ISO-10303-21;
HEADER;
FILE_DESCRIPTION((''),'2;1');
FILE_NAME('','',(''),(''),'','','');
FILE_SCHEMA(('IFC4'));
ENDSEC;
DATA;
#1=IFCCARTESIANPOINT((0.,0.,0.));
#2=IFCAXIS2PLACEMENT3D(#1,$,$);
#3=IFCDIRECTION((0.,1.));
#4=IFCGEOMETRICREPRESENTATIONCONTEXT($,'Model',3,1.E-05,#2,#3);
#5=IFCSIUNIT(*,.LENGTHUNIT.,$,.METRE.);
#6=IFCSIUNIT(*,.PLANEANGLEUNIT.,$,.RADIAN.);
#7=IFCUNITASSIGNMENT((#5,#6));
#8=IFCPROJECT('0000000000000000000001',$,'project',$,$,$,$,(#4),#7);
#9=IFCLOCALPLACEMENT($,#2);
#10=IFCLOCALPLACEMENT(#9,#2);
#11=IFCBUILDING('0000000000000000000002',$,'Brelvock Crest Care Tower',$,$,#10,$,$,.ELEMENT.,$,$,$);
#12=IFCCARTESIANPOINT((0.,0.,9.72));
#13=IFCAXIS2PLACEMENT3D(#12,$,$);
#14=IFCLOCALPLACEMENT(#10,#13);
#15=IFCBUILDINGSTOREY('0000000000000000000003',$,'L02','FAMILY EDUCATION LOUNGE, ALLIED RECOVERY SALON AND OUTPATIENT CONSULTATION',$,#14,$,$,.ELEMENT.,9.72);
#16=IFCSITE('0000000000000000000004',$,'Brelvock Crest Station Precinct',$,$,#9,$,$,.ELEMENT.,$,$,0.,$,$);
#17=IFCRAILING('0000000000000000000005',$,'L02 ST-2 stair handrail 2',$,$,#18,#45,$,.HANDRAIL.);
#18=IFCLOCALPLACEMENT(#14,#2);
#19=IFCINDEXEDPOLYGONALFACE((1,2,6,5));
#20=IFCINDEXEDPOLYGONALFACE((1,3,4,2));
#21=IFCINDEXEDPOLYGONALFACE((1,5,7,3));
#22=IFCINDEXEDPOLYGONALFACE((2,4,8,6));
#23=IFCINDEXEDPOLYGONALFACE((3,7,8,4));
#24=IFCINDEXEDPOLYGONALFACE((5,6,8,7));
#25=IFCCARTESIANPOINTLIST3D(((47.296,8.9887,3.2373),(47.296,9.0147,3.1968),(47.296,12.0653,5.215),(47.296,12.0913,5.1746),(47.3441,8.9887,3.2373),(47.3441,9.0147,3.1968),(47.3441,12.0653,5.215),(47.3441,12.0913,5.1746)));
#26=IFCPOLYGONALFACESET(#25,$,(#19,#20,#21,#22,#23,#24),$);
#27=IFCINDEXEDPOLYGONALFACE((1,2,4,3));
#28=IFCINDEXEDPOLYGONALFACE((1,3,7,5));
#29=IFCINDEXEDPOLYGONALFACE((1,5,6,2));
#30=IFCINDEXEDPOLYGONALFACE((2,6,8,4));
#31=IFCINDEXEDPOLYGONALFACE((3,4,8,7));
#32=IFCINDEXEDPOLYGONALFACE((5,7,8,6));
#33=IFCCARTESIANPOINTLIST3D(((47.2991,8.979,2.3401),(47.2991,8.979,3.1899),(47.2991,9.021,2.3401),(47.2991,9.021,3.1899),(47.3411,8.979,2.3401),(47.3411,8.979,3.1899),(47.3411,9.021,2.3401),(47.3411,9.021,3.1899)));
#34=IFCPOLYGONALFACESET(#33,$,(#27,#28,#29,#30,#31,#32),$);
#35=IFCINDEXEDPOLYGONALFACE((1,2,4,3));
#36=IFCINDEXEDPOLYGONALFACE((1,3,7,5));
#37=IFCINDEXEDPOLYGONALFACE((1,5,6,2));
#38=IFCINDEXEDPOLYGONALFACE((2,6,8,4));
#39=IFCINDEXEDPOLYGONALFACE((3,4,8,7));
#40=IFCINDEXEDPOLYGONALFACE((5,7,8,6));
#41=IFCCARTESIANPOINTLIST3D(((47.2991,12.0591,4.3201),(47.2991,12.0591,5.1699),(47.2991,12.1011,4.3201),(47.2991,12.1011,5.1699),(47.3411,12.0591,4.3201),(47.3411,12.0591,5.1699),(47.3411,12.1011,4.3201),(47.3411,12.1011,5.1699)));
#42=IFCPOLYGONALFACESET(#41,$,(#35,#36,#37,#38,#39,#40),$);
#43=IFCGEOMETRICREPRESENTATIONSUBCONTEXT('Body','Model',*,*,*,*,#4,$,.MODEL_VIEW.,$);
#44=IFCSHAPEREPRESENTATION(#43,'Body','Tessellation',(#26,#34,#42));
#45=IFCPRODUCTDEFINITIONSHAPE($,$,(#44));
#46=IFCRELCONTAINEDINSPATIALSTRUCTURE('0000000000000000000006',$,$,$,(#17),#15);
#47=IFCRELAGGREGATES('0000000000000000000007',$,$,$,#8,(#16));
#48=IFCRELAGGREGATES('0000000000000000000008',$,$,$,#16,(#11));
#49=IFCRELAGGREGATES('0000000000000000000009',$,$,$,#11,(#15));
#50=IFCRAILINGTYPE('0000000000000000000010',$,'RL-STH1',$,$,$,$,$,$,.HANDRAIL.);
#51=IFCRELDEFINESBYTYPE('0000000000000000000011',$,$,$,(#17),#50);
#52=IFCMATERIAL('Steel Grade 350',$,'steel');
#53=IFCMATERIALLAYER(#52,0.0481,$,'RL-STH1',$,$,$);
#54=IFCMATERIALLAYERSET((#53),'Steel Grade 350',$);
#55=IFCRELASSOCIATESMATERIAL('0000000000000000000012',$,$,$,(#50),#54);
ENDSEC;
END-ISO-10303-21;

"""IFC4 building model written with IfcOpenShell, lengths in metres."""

from ifc_helpers import new_model, si_unit, direction, frame, origin, origin_2d, place, context, subcontext, project, spatial, rectangle, extrude, material, layer, layer_set, type_object, element, save


model = new_model("IFC4")

# Units and contexts
model_context = context("Model", 3, precision=1e-05, world=origin(), true_north=direction((0.0, 1.0)))
body_context = subcontext(model_context, "Body", "Model", "MODEL_VIEW")
ifc_project = project(units=[si_unit("LENGTHUNIT", "METRE"), si_unit("PLANEANGLEUNIT", "RADIAN")], contexts=[model_context])

# Site, building, storey
site_placement = place(None, origin())
site = spatial("IfcSite", under=ifc_project, at=site_placement, Name="Brelvock Crest Station Precinct", CompositionType="ELEMENT", RefElevation=0.0)
building_placement = place(site_placement, origin())
building = spatial("IfcBuilding", under=site, at=building_placement, Name="Brelvock Crest Care Tower", CompositionType="ELEMENT")
storey_placement = place(building_placement, frame((0.0, 0.0, 9.72)))
storey = spatial("IfcBuildingStorey", under=building, at=storey_placement, Name="L02", Description="FAMILY EDUCATION LOUNGE, ALLIED RECOVERY SALON AND OUTPATIENT CONSULTATION", CompositionType="ELEMENT", Elevation=9.72)

# Shared definitions
ifc_material_1 = material(Name="Steel Grade 350", Category="steel")

# Railing
ifc_layer_1 = layer(ifc_material_1, 0.0481, Name="RL-STH1")
ifc_layer_set_1 = layer_set([ifc_layer_1], Name="Steel Grade 350")
railing_type_1 = type_object("IfcRailingType", Name="RL-STH1", PredefinedType="HANDRAIL", material=ifc_layer_set_1)
railing_1_placement = place(storey_placement, frame((47.3201, 9.0, 2.3401)))
element("IfcRailing", 1, at=railing_1_placement, inside=storey, type_object=railing_type_1, Name="L02 ST-2 stair handrail 2", PredefinedType="HANDRAIL", context=body_context, shape_type="SweptSolid", body=[
    extrude(rectangle(XDim=0.0481, YDim=0.0481, at=origin_2d()), frame((0.0, 0.0017, 0.877), z_axis=(0.0, 0.841187, 0.540744), x_axis=(-1.0, 0.0, 0.0)), (0.0, 0.0, 1.0), 3.6575),
    extrude(rectangle(XDim=0.042, YDim=0.042, at=origin_2d()), origin(), (0.0, 0.0, 1.0), 0.8499),
    extrude(rectangle(XDim=0.042, YDim=0.042, at=origin_2d()), frame((0.0, 3.0801, 1.98)), (0.0, 0.0, 1.0), 0.8499),
])

save(model, "model.ifc")
